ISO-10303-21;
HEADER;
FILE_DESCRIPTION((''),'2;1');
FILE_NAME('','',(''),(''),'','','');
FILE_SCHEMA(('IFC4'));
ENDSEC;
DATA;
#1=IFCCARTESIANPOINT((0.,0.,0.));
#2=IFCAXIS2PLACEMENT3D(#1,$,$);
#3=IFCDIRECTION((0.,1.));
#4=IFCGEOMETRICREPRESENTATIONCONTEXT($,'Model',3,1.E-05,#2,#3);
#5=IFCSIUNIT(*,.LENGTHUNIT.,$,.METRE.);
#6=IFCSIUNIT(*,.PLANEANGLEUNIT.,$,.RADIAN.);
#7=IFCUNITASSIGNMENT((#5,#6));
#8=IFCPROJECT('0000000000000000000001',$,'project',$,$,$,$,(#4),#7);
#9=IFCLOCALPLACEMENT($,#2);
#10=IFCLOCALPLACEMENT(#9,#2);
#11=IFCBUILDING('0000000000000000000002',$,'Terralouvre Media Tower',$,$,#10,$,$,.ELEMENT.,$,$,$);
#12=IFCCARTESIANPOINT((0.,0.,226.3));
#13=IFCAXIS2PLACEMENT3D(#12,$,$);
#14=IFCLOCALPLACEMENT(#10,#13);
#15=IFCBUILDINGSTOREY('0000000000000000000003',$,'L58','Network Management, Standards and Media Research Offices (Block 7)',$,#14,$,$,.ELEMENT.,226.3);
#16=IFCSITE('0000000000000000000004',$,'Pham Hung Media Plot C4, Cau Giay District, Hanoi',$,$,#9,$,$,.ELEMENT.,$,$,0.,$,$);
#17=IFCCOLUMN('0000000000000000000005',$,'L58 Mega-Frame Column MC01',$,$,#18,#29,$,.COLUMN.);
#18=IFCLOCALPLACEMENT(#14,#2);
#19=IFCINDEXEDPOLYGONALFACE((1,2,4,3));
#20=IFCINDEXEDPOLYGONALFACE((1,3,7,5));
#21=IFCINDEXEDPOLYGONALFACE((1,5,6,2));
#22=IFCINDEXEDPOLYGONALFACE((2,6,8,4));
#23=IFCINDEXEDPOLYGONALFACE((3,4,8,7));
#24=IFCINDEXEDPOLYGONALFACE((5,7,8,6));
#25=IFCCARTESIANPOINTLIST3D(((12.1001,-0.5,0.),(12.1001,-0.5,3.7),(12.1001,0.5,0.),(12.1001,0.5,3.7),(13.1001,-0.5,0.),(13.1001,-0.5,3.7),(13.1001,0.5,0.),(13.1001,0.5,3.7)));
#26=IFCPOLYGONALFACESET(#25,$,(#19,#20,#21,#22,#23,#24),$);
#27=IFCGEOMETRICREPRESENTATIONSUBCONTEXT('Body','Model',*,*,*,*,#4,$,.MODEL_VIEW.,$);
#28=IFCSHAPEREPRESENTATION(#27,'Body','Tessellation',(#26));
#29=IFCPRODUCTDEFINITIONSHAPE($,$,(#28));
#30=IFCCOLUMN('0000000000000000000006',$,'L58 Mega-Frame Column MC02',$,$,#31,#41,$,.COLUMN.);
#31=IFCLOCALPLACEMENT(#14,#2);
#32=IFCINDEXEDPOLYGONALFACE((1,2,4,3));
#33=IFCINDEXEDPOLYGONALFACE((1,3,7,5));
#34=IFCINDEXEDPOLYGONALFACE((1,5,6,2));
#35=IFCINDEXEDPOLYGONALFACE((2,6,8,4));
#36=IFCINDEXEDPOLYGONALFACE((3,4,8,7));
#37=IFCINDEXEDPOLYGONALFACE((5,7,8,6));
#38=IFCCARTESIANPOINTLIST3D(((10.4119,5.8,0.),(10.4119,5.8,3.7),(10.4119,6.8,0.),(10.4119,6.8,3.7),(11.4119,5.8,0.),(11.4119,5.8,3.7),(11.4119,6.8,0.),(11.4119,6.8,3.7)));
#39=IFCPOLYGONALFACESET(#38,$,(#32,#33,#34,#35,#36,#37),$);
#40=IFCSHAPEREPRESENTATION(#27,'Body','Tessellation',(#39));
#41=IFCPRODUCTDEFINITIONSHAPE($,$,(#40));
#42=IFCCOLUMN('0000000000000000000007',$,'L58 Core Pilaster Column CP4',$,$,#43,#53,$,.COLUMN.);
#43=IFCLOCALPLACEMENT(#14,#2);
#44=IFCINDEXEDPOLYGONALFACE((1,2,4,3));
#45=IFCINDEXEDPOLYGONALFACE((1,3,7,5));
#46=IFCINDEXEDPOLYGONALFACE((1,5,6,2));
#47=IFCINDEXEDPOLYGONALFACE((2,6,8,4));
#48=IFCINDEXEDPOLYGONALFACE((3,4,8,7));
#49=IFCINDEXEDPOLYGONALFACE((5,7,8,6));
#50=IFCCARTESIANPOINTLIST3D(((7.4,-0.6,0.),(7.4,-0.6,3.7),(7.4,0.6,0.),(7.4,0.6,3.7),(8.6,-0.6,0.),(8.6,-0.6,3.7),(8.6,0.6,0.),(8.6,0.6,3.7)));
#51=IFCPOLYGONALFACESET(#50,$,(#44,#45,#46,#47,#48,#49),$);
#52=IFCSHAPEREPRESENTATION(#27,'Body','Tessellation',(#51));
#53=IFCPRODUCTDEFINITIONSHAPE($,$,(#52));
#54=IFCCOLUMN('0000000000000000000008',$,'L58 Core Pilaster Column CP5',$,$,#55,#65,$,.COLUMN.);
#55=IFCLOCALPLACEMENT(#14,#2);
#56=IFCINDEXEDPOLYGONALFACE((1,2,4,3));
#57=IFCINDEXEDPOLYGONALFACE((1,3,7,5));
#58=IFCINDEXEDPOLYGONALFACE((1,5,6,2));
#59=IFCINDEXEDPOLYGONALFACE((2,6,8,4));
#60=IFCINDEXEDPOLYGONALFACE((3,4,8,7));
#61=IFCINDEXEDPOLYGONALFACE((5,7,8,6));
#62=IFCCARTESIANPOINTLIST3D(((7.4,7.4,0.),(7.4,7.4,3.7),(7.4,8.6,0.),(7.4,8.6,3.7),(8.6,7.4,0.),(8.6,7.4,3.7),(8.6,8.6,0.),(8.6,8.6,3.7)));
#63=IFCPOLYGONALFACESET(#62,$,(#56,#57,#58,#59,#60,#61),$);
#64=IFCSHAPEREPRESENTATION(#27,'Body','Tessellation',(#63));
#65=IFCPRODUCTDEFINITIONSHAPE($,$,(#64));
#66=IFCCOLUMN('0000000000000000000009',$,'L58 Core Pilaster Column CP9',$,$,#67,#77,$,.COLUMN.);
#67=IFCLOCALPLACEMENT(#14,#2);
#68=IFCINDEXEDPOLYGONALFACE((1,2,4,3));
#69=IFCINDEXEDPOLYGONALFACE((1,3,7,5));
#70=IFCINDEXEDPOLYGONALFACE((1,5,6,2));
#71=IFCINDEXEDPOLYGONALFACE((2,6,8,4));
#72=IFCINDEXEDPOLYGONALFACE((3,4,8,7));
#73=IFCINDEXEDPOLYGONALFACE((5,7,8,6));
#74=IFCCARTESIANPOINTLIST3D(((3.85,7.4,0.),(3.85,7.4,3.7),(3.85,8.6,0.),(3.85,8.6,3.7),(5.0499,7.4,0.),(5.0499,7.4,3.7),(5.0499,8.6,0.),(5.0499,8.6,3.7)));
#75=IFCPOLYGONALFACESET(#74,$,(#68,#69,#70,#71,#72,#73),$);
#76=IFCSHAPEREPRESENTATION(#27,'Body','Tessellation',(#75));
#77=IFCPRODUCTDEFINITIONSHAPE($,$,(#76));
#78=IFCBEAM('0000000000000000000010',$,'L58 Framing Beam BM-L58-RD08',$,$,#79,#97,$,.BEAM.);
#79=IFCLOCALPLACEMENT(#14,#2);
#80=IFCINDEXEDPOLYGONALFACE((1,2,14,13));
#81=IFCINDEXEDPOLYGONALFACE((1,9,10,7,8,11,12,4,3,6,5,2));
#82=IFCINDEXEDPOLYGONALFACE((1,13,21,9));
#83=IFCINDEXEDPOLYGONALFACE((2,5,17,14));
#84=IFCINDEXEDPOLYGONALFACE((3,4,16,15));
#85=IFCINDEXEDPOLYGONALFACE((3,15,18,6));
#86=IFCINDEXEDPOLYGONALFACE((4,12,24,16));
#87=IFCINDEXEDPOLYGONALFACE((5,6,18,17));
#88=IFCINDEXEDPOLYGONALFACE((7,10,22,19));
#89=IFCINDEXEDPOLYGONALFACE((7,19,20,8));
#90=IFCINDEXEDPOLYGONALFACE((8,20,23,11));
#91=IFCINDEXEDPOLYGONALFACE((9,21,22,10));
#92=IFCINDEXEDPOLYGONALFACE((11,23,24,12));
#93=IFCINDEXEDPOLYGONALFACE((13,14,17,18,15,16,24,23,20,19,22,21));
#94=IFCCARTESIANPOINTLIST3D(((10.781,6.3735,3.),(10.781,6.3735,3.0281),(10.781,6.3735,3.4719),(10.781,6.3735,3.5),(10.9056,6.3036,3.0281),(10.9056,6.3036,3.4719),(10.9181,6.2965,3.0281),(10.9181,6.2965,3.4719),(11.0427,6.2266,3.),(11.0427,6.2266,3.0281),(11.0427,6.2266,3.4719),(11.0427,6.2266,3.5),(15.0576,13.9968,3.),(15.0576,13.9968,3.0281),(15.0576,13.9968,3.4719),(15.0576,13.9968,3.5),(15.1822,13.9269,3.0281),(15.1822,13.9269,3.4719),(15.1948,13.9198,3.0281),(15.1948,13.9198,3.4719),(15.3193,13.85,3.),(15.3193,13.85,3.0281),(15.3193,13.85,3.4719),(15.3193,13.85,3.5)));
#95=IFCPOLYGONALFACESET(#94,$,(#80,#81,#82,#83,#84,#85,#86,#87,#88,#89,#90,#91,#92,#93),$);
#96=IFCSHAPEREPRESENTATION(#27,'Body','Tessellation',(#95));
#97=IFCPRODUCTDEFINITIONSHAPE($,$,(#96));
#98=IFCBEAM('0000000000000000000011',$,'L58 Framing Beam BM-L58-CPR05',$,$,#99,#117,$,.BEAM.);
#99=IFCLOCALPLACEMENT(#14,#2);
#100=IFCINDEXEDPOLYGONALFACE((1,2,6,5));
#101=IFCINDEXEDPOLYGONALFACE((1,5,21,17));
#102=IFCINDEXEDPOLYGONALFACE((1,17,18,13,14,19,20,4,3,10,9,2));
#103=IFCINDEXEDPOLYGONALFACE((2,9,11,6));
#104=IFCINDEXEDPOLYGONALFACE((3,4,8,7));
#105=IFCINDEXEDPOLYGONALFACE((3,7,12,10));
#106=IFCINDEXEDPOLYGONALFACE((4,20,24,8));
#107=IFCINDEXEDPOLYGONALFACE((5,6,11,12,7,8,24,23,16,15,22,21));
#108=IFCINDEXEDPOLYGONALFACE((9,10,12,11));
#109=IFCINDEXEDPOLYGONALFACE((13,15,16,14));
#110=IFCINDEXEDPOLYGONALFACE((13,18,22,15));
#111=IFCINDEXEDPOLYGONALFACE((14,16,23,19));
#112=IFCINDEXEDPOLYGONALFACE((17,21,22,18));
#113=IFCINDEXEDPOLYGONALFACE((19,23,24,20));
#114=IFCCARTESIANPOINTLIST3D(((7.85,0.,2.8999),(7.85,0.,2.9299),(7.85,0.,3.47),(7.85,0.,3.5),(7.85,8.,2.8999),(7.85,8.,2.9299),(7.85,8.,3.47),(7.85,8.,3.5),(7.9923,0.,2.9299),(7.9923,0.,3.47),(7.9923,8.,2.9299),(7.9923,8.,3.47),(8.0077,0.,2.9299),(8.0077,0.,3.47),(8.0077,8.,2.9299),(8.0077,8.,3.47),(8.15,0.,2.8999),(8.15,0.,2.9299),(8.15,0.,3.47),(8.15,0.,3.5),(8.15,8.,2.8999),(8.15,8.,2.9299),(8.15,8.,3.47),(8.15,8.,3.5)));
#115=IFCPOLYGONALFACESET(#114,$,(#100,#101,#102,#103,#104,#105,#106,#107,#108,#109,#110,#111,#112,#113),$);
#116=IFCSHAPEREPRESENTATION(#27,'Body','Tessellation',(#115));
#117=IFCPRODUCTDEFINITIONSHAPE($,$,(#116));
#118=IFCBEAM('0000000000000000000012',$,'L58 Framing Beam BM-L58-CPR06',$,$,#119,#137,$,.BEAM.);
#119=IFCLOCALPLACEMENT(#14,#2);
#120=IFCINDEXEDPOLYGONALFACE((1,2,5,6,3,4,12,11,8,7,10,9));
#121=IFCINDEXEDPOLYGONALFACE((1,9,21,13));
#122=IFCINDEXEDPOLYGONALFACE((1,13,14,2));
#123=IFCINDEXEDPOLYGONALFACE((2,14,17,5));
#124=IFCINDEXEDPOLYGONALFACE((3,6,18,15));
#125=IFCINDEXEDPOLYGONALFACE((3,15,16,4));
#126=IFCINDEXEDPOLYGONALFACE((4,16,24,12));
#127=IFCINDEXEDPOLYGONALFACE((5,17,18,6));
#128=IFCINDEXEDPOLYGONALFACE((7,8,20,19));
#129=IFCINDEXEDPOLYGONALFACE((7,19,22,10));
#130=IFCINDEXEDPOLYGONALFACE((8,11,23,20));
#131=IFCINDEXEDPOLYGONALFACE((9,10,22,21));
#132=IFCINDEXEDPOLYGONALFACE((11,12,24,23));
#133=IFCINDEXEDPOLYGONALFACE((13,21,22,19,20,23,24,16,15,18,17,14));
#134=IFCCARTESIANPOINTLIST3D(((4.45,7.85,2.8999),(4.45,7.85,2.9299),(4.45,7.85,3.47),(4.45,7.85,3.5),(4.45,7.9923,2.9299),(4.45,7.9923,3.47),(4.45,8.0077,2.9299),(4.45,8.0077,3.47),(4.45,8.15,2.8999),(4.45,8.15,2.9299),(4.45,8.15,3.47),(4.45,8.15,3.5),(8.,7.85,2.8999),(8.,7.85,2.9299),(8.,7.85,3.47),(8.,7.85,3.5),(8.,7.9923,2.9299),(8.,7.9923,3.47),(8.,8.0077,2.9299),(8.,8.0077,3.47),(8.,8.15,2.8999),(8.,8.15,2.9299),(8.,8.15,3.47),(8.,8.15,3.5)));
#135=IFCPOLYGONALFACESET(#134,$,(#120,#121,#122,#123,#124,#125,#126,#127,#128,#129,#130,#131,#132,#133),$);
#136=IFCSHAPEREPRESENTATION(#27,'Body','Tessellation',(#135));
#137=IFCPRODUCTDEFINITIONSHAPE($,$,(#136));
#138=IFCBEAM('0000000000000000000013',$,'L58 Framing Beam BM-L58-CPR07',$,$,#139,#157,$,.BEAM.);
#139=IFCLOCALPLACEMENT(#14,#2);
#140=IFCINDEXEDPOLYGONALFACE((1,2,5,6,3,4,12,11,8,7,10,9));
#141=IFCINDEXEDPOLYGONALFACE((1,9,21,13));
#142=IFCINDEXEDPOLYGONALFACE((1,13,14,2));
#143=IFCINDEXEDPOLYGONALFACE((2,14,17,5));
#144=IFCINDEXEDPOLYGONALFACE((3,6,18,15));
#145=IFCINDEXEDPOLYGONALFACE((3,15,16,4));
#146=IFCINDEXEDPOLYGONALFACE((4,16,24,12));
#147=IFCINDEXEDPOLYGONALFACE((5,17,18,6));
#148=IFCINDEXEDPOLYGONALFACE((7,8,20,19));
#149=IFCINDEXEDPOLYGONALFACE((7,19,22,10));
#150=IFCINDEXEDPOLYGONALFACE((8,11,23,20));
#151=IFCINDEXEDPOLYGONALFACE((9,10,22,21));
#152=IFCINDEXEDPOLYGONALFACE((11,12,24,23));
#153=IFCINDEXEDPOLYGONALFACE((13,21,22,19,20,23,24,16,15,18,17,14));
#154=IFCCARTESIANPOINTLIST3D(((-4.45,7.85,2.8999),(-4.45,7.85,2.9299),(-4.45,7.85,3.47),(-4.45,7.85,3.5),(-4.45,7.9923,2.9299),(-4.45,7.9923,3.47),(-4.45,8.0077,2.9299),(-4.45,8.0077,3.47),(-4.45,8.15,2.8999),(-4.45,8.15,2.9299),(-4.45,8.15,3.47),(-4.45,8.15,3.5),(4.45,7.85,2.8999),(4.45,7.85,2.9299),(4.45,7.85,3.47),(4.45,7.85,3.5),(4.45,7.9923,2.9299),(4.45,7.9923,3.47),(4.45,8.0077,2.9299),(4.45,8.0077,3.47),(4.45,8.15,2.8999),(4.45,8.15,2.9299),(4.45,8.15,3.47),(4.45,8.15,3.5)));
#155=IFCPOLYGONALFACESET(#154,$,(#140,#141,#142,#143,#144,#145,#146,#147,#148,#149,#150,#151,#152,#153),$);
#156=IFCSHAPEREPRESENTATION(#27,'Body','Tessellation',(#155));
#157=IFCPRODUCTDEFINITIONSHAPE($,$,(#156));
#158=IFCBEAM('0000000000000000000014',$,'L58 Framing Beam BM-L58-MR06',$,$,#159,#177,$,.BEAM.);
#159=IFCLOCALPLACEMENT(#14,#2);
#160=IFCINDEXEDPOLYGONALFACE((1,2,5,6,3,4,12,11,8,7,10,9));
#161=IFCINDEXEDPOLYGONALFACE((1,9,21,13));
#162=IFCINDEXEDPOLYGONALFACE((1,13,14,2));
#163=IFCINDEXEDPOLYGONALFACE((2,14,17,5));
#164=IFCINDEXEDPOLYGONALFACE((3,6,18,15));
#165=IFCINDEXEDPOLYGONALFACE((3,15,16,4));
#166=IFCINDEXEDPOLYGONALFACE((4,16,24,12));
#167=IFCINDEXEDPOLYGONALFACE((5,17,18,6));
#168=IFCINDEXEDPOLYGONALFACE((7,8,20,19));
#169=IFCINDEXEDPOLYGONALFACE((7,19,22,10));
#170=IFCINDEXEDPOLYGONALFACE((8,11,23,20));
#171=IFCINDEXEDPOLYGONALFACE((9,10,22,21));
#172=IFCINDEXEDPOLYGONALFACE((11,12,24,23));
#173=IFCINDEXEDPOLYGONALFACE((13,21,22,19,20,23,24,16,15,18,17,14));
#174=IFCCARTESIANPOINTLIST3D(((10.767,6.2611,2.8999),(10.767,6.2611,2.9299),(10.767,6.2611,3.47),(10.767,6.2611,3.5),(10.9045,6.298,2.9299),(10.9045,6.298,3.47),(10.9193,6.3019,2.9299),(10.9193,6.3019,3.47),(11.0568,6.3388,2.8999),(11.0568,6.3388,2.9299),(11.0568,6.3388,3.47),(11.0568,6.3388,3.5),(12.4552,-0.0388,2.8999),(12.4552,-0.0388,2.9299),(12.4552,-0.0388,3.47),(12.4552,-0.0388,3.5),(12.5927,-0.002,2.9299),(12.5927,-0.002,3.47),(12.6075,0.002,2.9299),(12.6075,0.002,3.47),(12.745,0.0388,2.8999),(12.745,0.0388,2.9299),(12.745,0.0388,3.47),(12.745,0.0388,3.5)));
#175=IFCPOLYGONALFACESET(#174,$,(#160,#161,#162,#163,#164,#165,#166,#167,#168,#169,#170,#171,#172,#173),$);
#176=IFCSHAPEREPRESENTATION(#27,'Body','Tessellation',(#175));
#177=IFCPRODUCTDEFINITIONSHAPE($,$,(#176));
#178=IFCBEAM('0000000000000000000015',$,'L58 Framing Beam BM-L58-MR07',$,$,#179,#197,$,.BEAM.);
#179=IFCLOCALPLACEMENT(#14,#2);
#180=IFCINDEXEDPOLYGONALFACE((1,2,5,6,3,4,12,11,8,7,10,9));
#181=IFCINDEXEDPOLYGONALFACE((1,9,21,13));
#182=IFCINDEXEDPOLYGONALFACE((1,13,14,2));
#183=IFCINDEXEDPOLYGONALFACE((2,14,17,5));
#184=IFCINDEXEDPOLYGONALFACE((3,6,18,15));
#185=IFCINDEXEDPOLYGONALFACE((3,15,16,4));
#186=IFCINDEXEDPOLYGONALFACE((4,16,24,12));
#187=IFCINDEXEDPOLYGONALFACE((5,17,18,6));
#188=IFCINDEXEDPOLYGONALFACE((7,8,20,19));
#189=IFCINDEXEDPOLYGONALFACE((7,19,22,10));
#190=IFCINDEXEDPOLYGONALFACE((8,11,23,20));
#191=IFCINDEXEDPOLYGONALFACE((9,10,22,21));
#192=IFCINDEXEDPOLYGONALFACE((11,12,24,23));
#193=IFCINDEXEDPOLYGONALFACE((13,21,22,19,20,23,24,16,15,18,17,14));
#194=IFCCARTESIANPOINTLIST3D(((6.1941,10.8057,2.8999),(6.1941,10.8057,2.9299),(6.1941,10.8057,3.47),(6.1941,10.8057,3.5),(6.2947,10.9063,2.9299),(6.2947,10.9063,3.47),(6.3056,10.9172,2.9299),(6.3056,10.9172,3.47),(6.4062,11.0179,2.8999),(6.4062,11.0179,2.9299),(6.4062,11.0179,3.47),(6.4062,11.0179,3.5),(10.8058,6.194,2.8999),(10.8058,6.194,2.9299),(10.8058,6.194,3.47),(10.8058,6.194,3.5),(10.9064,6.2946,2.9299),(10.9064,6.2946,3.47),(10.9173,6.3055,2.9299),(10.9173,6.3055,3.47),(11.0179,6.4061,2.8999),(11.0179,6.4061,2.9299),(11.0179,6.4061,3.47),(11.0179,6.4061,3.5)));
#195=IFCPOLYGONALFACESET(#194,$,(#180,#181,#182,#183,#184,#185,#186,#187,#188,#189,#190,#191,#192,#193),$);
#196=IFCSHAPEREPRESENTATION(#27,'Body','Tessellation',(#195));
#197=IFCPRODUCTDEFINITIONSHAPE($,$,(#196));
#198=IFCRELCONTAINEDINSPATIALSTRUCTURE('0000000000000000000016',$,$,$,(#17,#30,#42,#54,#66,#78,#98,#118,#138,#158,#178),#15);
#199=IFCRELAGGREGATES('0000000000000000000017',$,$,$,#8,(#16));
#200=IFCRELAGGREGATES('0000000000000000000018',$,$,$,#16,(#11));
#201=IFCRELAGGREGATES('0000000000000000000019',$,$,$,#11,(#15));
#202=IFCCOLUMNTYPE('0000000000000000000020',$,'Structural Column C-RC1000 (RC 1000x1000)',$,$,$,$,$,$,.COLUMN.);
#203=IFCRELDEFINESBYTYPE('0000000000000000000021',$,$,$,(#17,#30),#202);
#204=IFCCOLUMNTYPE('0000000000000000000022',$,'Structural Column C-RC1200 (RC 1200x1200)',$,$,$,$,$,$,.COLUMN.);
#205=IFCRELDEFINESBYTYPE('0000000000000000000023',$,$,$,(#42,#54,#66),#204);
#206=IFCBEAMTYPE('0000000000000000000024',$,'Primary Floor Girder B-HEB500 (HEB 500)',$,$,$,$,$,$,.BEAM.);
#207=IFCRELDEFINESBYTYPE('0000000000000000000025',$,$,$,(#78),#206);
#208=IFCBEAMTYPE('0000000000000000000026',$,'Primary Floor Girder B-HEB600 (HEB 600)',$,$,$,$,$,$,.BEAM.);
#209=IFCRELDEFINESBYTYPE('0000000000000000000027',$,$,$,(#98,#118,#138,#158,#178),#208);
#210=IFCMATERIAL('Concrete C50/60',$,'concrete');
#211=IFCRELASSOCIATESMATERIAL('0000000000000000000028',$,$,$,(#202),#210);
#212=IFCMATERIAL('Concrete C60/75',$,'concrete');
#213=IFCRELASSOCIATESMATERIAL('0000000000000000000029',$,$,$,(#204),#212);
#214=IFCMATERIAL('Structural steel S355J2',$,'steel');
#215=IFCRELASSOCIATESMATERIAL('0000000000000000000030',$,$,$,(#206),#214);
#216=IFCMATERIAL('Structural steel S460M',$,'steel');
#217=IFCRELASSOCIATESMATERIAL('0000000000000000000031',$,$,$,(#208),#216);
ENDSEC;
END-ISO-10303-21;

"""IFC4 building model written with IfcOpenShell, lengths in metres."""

from ifc_helpers import new_model, si_unit, direction, frame, origin, origin_2d, place, context, subcontext, project, spatial, rectangle, i_section, extrude, material, material_profile, profile_set, type_object, element, save


model = new_model("IFC4")

# Units and contexts
model_context = context("Model", 3, precision=1e-05, world=origin(), true_north=direction((0.0, 1.0)))
body_context = subcontext(model_context, "Body", "Model", "MODEL_VIEW")
ifc_project = project(units=[si_unit("LENGTHUNIT", "METRE"), si_unit("PLANEANGLEUNIT", "RADIAN")], contexts=[model_context])

# Site, building, storey
site_placement = place(None, origin())
site = spatial("IfcSite", under=ifc_project, at=site_placement, Name="Pham Hung Media Plot C4, Cau Giay District, Hanoi", CompositionType="ELEMENT", RefElevation=0.0)
building_placement = place(site_placement, origin())
building = spatial("IfcBuilding", under=site, at=building_placement, Name="Terralouvre Media Tower", CompositionType="ELEMENT")
storey_placement = place(building_placement, frame((0.0, 0.0, 226.3)))
storey = spatial("IfcBuildingStorey", under=building, at=storey_placement, Name="L58", Description="Network Management, Standards and Media Research Offices (Block 7)", CompositionType="ELEMENT", Elevation=226.3)

# Columns
ifc_material_1 = material(Name="Concrete C50/60", Category="concrete")
ifc_material_profile_1 = material_profile(ifc_material_1, rectangle(XDim=1.0, YDim=1.0, at=origin_2d()), Name="RC 1000x1000")
ifc_profile_set_1 = profile_set([ifc_material_profile_1], Name="Concrete C50/60")
column_type_1 = type_object("IfcColumnType", Name="Structural Column C-RC1000 (RC 1000x1000)", PredefinedType="COLUMN", material=ifc_profile_set_1)
for number, where, z_axis, x_axis, name in (
    (1, (12.6001, 0.0, 0.0), (0.0, 0.0, 1.0), (1.0, 0.0, 0.0), "L58 Mega-Frame Column MC01"),
    (2, (10.9119, 6.3, 0.0), (0.0, 0.0, 1.0), (1.0, 0.0, 0.0), "L58 Mega-Frame Column MC02"),
):
    element("IfcColumn", number, at=place(storey_placement, frame(where, z_axis=z_axis, x_axis=x_axis)), inside=storey, type_object=column_type_1, Name=name, PredefinedType="COLUMN", context=body_context, shape_type="SweptSolid", body=[
        extrude(rectangle(XDim=1.0, YDim=1.0, at=origin_2d()), origin(), (0.0, 0.0, 1.0), 3.7),
    ])
ifc_material_2 = material(Name="Concrete C60/75", Category="concrete")
ifc_material_profile_2 = material_profile(ifc_material_2, rectangle(XDim=1.2, YDim=1.2, at=origin_2d()), Name="RC 1200x1200")
ifc_profile_set_2 = profile_set([ifc_material_profile_2], Name="Concrete C60/75")
column_type_2 = type_object("IfcColumnType", Name="Structural Column C-RC1200 (RC 1200x1200)", PredefinedType="COLUMN", material=ifc_profile_set_2)
for number, where, z_axis, x_axis, name in (
    (3, (8.0, 0.0, 0.0), (0.0, 0.0, 1.0), (1.0, 0.0, 0.0), "L58 Core Pilaster Column CP4"),
    (4, (8.0, 8.0, 0.0), (0.0, 0.0, 1.0), (1.0, 0.0, 0.0), "L58 Core Pilaster Column CP5"),
    (5, (4.45, 8.0, 0.0), (0.0, 0.0, 1.0), (1.0, 0.0, 0.0), "L58 Core Pilaster Column CP9"),
):
    element("IfcColumn", number, at=place(storey_placement, frame(where, z_axis=z_axis, x_axis=x_axis)), inside=storey, type_object=column_type_2, Name=name, PredefinedType="COLUMN", context=body_context, shape_type="SweptSolid", body=[
        extrude(rectangle(XDim=1.2, YDim=1.2, at=origin_2d()), origin(), (0.0, 0.0, 1.0), 3.7),
    ])

# Beams
ifc_material_3 = material(Name="Structural steel S355J2", Category="steel")
ifc_material_profile_3 = material_profile(ifc_material_3, i_section(OverallWidth=0.3, OverallDepth=0.5, WebThickness=0.0144, FlangeThickness=0.0281, at=origin_2d()), Name="HEB 500")
ifc_profile_set_3 = profile_set([ifc_material_profile_3], Name="Structural steel S355J2")
beam_type_1 = type_object("IfcBeamType", Name="Primary Floor Girder B-HEB500 (HEB 500)", PredefinedType="BEAM", material=ifc_profile_set_3)
beam_1_placement = place(storey_placement, frame((10.9119, 6.3, 3.25), z_axis=(0.489262, 0.872137, 0.0), x_axis=(-0.872137, 0.489262, 0.0)))
element("IfcBeam", 6, at=beam_1_placement, inside=storey, type_object=beam_type_1, Name="L58 Framing Beam BM-L58-RD08", PredefinedType="BEAM", context=body_context, shape_type="SweptSolid", body=[
    extrude(i_section(OverallWidth=0.3, OverallDepth=0.5, WebThickness=0.0144, FlangeThickness=0.0281, at=origin_2d()), origin(), (0.0, 0.0, 1.0), 8.741),
])
ifc_material_4 = material(Name="Structural steel S460M", Category="steel")
ifc_material_profile_4 = material_profile(ifc_material_4, i_section(OverallWidth=0.3, OverallDepth=0.6001, WebThickness=0.0154, FlangeThickness=0.03, at=origin_2d()), Name="HEB 600")
ifc_profile_set_4 = profile_set([ifc_material_profile_4], Name="Structural steel S460M")
beam_type_2 = type_object("IfcBeamType", Name="Primary Floor Girder B-HEB600 (HEB 600)", PredefinedType="BEAM", material=ifc_profile_set_4)
beam_2_placement = place(storey_placement, frame((8.0, 0.0, 3.2), z_axis=(0.0, 1.0, 0.0), x_axis=(-1.0, 0.0, 0.0)))
element("IfcBeam", 7, at=beam_2_placement, inside=storey, type_object=beam_type_2, Name="L58 Framing Beam BM-L58-CPR05", PredefinedType="BEAM", context=body_context, shape_type="SweptSolid", body=[
    extrude(i_section(OverallWidth=0.3, OverallDepth=0.6001, WebThickness=0.0154, FlangeThickness=0.03, at=origin_2d()), origin(), (0.0, 0.0, 1.0), 8.0),
])
beam_3_placement = place(storey_placement, frame((8.0, 8.0, 3.2), z_axis=(-1.0, 0.0, 0.0), x_axis=(0.0, -1.0, 0.0)))
element("IfcBeam", 8, at=beam_3_placement, inside=storey, type_object=beam_type_2, Name="L58 Framing Beam BM-L58-CPR06", PredefinedType="BEAM", context=body_context, shape_type="SweptSolid", body=[
    extrude(i_section(OverallWidth=0.3, OverallDepth=0.6001, WebThickness=0.0154, FlangeThickness=0.03, at=origin_2d()), origin(), (0.0, 0.0, 1.0), 3.55),
])
beam_4_placement = place(storey_placement, frame((4.45, 8.0, 3.2), z_axis=(-1.0, 0.0, 0.0), x_axis=(0.0, -1.0, 0.0)))
element("IfcBeam", 9, at=beam_4_placement, inside=storey, type_object=beam_type_2, Name="L58 Framing Beam BM-L58-CPR07", PredefinedType="BEAM", context=body_context, shape_type="SweptSolid", body=[
    extrude(i_section(OverallWidth=0.3, OverallDepth=0.6001, WebThickness=0.0154, FlangeThickness=0.03, at=origin_2d()), origin(), (0.0, 0.0, 1.0), 8.8999),
])
beam_5_placement = place(storey_placement, frame((12.6001, 0.0, 3.2), z_axis=(-0.258839, 0.96592, 0.0), x_axis=(-0.96592, -0.258839, 0.0)))
element("IfcBeam", 10, at=beam_5_placement, inside=storey, type_object=beam_type_2, Name="L58 Framing Beam BM-L58-MR06", PredefinedType="BEAM", context=body_context, shape_type="SweptSolid", body=[
    extrude(i_section(OverallWidth=0.3, OverallDepth=0.6001, WebThickness=0.0154, FlangeThickness=0.03, at=origin_2d()), origin(), (0.0, 0.0, 1.0), 6.5222),
])
beam_6_placement = place(storey_placement, frame((10.9119, 6.3, 3.2), z_axis=(-0.707107, 0.707107, 0.0), x_axis=(-0.707107, -0.707107, 0.0)))
element("IfcBeam", 11, at=beam_6_placement, inside=storey, type_object=beam_type_2, Name="L58 Framing Beam BM-L58-MR07", PredefinedType="BEAM", context=body_context, shape_type="SweptSolid", body=[
    extrude(i_section(OverallWidth=0.3, OverallDepth=0.6001, WebThickness=0.0154, FlangeThickness=0.03, at=origin_2d()), origin(), (0.0, 0.0, 1.0), 6.522),
])

save(model, "model.ifc")
